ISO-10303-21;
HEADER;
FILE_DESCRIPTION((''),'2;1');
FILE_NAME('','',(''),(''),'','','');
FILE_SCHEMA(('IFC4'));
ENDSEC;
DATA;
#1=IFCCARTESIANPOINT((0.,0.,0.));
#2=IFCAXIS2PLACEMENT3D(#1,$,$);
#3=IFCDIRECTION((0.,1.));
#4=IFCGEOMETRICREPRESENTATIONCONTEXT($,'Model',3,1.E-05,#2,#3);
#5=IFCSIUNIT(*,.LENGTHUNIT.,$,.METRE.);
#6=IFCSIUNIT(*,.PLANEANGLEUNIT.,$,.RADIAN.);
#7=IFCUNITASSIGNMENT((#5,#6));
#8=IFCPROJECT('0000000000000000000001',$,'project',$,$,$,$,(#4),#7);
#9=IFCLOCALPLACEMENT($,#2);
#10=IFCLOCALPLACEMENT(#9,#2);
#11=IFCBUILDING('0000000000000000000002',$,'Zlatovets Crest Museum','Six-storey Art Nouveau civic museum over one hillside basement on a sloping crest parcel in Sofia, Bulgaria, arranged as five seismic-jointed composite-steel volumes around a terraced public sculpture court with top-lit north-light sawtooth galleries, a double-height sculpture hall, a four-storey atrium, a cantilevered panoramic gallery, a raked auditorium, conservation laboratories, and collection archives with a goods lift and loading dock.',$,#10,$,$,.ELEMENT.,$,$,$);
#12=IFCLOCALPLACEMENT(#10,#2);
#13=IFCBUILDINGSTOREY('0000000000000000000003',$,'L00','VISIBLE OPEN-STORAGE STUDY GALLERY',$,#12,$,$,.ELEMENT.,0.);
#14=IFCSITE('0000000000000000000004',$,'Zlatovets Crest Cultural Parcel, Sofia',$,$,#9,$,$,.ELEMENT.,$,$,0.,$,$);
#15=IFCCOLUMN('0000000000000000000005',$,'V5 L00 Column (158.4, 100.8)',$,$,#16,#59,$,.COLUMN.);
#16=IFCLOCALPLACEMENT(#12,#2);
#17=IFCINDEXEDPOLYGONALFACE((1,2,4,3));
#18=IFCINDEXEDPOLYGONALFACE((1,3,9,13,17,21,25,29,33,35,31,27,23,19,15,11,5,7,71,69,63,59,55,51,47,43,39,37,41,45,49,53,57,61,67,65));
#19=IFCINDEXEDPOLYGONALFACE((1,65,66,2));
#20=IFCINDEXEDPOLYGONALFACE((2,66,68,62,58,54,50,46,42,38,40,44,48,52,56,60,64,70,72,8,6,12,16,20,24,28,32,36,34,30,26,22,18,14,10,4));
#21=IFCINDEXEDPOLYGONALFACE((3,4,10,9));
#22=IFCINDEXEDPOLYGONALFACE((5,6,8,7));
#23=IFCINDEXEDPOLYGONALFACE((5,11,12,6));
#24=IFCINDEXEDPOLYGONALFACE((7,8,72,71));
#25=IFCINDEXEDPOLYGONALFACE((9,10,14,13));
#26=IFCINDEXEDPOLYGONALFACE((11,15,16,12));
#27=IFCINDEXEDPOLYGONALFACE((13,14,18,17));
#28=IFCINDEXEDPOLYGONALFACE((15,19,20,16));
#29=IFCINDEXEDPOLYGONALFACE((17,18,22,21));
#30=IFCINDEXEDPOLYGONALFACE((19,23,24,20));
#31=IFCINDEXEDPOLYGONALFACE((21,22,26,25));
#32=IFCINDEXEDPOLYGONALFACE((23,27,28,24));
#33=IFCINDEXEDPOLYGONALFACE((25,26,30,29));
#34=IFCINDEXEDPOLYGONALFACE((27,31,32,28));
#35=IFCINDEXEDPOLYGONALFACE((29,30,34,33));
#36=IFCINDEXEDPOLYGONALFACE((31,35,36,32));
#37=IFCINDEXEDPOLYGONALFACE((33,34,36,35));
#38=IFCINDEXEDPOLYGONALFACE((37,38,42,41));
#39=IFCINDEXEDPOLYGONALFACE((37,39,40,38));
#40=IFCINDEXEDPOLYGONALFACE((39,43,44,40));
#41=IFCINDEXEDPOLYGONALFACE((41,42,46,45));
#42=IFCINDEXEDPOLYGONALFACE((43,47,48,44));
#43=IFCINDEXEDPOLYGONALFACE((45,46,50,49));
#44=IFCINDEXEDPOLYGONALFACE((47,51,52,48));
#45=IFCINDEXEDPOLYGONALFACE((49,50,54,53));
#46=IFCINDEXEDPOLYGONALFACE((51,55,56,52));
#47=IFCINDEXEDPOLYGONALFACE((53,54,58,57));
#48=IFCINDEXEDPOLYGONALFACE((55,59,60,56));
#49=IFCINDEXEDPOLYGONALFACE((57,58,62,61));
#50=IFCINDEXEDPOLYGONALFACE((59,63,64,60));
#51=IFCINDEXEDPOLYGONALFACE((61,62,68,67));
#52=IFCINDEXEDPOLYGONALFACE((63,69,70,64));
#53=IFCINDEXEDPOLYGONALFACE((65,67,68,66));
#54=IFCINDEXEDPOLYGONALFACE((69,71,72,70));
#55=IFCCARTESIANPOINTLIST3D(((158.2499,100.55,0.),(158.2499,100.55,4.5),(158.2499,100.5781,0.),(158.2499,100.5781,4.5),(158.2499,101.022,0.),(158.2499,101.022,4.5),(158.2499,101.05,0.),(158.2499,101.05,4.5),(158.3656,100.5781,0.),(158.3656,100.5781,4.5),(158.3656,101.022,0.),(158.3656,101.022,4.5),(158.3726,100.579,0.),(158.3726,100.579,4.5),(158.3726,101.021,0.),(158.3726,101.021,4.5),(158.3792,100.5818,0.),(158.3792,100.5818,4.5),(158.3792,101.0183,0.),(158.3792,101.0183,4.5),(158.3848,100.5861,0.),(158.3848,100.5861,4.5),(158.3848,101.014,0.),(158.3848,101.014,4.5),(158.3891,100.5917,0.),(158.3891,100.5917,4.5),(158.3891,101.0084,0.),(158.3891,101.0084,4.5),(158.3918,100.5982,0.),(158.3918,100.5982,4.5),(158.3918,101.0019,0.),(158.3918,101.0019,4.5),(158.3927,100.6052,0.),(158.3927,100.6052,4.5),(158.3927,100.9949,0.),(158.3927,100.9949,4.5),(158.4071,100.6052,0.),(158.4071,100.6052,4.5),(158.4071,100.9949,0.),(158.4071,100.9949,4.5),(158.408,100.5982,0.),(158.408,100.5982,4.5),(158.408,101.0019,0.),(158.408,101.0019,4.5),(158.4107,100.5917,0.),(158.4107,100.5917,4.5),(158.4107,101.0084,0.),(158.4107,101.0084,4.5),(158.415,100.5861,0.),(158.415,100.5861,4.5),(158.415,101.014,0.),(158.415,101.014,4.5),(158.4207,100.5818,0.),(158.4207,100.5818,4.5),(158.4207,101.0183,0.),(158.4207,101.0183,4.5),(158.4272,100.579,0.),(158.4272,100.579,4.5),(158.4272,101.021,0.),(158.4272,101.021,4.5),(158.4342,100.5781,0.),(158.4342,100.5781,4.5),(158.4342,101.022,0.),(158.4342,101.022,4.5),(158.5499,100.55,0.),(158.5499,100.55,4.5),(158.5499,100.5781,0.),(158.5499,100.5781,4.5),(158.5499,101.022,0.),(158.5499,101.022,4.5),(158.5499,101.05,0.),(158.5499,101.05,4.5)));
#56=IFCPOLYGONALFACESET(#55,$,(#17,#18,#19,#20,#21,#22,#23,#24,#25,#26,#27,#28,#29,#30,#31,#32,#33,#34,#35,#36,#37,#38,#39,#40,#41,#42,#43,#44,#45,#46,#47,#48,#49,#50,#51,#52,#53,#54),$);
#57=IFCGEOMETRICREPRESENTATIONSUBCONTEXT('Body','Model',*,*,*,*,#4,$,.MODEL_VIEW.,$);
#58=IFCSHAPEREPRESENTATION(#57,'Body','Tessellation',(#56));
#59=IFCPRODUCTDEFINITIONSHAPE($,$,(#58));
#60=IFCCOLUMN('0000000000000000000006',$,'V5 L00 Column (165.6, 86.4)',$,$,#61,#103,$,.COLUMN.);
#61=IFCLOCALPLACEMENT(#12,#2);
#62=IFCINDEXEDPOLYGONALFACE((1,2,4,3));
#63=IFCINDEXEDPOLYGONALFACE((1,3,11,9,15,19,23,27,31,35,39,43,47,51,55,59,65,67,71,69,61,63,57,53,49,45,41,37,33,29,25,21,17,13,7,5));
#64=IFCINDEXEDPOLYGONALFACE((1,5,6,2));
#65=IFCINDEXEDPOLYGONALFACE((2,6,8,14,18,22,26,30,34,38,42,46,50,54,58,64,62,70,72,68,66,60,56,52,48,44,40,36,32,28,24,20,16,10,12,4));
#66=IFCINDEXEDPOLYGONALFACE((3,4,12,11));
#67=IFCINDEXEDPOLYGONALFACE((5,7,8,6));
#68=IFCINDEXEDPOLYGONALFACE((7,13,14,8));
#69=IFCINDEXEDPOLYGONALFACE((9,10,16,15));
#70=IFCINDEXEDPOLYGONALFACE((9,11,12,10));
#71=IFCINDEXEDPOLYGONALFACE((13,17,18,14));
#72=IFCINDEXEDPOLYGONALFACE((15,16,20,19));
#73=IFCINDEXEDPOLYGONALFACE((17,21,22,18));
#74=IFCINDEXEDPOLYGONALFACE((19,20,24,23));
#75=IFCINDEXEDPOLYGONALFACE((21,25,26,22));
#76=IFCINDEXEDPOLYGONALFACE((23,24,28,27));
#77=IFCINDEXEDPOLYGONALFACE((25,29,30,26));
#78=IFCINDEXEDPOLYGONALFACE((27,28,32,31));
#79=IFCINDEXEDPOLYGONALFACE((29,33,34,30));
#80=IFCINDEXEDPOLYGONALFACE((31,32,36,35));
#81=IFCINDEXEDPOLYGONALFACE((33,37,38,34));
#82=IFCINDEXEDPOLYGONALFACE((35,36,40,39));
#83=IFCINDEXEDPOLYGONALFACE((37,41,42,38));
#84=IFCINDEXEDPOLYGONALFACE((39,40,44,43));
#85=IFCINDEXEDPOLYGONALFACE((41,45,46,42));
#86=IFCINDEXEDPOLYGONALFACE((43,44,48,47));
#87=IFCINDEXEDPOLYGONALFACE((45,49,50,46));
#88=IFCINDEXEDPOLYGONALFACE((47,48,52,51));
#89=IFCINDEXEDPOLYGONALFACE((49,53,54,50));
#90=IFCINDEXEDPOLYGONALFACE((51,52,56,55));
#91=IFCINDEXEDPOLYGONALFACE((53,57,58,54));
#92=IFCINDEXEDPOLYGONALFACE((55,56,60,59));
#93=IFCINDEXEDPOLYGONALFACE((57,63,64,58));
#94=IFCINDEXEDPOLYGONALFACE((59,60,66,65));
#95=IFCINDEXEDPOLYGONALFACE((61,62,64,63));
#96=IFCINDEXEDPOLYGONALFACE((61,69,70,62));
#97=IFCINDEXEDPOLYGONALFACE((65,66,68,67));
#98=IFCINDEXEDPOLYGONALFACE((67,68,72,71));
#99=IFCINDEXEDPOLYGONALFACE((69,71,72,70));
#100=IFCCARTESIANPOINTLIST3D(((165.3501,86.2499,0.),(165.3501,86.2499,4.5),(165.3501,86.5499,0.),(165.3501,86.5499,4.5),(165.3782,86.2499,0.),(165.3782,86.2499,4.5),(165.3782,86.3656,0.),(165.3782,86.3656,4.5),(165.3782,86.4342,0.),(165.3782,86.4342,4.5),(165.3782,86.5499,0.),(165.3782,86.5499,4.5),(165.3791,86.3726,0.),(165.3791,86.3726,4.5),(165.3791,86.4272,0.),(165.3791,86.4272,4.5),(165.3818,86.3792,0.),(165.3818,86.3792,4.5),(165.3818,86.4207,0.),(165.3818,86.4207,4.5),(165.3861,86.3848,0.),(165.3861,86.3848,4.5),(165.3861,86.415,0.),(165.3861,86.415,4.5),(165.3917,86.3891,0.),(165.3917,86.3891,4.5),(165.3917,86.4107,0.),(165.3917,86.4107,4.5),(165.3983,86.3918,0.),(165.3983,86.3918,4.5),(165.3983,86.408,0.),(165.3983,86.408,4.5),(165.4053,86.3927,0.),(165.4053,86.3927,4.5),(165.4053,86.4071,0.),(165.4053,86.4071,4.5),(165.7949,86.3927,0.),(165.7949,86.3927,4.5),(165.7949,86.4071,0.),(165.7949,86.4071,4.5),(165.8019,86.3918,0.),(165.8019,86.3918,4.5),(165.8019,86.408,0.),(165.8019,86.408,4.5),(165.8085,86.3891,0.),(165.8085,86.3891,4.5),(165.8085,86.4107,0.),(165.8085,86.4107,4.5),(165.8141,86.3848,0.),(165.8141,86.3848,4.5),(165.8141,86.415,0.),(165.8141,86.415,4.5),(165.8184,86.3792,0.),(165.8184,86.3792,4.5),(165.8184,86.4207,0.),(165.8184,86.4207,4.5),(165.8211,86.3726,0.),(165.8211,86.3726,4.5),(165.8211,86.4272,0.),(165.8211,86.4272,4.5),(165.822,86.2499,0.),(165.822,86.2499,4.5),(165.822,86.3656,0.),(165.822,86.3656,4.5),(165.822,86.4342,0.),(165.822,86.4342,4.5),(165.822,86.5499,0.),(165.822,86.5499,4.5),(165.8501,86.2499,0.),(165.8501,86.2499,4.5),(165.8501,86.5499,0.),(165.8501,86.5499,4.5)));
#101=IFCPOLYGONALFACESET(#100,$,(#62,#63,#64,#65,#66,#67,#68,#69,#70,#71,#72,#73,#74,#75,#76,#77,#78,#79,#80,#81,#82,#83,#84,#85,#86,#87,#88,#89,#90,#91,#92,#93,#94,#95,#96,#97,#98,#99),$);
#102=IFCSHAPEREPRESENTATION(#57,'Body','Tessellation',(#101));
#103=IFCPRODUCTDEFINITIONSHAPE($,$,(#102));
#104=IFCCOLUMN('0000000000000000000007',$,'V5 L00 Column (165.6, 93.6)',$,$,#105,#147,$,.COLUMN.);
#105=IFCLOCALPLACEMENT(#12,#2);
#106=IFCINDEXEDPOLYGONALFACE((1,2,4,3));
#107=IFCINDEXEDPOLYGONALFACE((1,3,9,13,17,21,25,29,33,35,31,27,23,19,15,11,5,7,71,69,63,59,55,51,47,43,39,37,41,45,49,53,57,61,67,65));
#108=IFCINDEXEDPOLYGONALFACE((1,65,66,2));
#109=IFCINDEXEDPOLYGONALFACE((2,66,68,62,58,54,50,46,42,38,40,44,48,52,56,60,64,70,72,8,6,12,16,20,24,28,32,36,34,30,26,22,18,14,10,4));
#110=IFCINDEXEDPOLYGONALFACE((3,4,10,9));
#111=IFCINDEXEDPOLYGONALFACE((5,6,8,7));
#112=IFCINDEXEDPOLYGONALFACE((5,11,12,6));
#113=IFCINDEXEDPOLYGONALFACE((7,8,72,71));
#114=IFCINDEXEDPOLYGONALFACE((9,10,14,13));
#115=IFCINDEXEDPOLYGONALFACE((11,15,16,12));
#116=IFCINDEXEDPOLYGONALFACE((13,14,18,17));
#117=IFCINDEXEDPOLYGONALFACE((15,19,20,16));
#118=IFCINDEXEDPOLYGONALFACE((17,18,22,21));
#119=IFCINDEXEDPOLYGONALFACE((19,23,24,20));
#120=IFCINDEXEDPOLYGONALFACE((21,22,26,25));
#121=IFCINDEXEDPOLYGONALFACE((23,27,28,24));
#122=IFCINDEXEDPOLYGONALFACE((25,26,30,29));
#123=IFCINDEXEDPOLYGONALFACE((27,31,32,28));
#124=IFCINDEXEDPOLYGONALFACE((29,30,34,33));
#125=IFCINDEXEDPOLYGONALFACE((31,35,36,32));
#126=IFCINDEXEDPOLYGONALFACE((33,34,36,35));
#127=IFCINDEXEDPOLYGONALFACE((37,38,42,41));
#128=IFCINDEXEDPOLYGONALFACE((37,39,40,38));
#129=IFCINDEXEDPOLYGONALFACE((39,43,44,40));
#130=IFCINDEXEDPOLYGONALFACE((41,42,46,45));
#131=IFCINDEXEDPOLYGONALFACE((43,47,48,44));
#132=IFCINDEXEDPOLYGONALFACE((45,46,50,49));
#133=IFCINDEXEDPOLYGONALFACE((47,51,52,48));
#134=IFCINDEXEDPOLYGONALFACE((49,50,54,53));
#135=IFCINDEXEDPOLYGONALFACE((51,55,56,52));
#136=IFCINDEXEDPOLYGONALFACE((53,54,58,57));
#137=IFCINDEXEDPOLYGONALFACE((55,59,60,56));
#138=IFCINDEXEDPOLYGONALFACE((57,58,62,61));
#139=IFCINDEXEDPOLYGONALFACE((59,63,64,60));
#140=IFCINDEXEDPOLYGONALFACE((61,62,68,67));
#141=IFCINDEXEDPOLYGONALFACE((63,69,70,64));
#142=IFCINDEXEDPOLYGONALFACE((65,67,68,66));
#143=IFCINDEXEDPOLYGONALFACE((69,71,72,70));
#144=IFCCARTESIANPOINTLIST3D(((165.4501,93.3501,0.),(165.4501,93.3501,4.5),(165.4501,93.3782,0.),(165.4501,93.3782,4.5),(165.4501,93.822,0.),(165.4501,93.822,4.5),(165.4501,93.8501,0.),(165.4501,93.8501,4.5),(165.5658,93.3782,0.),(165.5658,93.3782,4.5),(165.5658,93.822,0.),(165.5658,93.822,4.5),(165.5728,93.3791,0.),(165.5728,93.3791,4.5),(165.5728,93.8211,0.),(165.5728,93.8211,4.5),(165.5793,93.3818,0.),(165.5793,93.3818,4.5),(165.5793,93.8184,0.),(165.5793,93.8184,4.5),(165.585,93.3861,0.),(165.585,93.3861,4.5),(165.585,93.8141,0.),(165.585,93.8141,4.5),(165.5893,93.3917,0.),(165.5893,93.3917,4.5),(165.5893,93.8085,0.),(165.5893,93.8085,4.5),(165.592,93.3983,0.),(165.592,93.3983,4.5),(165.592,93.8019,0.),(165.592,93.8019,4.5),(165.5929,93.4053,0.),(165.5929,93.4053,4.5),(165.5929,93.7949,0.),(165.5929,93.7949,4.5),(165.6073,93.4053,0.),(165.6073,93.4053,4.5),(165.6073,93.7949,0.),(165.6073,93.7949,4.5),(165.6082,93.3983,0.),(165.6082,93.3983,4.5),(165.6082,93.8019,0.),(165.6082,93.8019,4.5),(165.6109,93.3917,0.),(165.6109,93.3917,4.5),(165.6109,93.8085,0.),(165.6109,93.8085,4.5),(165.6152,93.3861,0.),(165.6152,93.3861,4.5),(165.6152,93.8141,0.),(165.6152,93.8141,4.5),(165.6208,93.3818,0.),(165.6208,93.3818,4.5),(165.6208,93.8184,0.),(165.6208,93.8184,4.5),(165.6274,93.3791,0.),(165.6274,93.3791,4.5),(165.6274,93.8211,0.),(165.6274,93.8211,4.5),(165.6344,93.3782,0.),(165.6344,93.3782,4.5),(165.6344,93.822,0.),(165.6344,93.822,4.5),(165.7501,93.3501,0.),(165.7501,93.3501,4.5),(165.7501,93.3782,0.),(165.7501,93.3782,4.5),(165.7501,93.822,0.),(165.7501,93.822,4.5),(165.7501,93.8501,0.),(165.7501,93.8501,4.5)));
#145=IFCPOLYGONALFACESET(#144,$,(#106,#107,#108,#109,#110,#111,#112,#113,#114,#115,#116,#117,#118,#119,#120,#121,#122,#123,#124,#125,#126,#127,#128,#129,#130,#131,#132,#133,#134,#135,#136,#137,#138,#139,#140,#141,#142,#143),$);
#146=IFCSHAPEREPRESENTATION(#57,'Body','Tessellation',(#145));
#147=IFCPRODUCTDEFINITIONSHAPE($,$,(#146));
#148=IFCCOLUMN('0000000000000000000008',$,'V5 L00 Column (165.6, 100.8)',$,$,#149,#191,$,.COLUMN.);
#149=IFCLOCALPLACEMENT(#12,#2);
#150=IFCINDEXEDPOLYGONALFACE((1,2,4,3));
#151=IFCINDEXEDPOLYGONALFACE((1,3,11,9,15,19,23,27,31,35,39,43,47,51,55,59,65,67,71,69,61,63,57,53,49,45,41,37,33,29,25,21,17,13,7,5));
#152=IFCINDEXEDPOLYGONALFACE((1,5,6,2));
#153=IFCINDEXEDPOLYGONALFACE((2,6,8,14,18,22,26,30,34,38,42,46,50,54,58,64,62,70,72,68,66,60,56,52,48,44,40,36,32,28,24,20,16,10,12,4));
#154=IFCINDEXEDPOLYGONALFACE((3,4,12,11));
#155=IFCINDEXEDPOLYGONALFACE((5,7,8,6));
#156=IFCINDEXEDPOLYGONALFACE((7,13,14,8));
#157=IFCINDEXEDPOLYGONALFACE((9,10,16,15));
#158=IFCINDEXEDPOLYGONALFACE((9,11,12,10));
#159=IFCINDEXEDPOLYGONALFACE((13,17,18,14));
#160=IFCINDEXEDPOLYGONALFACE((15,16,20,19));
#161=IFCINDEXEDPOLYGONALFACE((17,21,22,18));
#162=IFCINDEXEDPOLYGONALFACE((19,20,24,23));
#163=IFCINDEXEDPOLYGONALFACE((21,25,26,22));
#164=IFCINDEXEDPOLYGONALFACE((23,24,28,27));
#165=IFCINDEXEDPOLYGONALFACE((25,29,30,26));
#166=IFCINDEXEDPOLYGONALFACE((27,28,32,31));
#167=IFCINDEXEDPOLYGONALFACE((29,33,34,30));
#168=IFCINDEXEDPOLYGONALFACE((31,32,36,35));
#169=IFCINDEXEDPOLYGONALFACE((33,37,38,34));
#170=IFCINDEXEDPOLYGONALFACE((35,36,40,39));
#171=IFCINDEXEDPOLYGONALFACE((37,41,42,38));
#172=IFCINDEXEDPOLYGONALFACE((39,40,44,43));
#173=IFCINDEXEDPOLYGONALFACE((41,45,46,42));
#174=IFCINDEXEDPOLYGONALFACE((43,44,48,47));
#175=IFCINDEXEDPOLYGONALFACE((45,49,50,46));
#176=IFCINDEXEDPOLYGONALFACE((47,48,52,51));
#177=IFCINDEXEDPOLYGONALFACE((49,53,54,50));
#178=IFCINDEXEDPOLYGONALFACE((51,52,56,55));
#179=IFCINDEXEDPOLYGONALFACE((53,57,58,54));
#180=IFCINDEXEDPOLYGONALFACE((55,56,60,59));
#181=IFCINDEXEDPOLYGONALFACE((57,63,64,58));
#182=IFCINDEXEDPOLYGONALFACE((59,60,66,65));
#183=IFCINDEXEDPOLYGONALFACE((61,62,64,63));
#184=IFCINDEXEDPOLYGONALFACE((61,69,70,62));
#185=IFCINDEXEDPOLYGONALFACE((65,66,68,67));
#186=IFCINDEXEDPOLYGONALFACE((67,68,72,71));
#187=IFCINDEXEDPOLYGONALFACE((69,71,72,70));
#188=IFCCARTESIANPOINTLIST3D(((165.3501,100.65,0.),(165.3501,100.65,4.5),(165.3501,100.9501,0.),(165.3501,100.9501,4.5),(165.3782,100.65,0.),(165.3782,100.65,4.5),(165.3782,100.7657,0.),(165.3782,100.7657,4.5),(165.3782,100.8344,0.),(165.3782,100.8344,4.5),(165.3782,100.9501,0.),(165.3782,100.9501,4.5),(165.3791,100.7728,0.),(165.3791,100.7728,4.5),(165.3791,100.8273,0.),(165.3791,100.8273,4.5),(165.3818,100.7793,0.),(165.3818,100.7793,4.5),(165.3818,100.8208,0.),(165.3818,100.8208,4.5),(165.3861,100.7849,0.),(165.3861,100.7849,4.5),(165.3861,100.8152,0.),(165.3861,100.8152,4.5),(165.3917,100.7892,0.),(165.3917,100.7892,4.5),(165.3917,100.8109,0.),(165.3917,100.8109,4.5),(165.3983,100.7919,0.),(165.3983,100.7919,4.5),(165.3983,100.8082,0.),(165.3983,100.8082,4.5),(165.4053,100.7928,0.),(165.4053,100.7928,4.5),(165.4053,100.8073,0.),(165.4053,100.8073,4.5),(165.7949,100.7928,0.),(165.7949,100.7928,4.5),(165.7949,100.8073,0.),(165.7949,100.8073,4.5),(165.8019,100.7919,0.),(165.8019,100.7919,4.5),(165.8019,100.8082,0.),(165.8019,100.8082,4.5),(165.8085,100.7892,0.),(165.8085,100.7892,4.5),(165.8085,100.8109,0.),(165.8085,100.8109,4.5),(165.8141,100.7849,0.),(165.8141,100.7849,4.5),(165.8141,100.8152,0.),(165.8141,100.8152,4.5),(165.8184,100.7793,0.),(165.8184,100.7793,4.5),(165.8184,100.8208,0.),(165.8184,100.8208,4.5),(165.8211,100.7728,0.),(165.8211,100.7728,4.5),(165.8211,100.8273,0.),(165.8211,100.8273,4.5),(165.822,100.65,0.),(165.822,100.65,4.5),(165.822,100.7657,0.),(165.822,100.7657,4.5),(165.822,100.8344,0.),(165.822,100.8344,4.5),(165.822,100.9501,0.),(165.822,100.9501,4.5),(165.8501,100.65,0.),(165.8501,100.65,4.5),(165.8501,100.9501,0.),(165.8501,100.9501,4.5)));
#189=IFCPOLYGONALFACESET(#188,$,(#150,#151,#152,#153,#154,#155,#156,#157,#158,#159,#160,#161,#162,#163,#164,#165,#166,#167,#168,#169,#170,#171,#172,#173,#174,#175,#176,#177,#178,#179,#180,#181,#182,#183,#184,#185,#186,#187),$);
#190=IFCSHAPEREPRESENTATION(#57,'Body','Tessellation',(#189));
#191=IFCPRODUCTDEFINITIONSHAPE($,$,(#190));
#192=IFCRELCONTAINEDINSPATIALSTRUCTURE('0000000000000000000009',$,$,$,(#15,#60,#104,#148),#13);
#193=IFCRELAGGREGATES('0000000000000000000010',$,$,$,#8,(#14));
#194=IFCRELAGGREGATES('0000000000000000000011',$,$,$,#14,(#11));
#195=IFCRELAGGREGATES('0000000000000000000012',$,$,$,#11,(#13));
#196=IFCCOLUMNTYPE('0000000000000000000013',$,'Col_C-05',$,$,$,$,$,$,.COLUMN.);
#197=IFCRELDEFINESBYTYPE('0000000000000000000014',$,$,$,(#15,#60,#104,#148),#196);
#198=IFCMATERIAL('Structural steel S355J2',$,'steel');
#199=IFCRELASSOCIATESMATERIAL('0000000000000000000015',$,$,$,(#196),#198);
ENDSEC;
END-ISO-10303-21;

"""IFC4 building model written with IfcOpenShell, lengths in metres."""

from ifc_helpers import new_model, si_unit, direction, frame, origin, origin_2d, place, context, subcontext, project, spatial, i_section, extrude, material, material_profile, profile_set, type_object, element, save


model = new_model("IFC4")

# Units and contexts
model_context = context("Model", 3, precision=1e-05, world=origin(), true_north=direction((0.0, 1.0)))
body_context = subcontext(model_context, "Body", "Model", "MODEL_VIEW")
ifc_project = project(units=[si_unit("LENGTHUNIT", "METRE"), si_unit("PLANEANGLEUNIT", "RADIAN")], contexts=[model_context])

# Site, building, storey
site_placement = place(None, origin())
site = spatial("IfcSite", under=ifc_project, at=site_placement, Name="Zlatovets Crest Cultural Parcel, Sofia", CompositionType="ELEMENT", RefElevation=0.0)
building_placement = place(site_placement, origin())
building = spatial("IfcBuilding", under=site, at=building_placement, Name="Zlatovets Crest Museum", Description="Six-storey Art Nouveau civic museum over one hillside basement on a sloping crest parcel in Sofia, Bulgaria, arranged as five seismic-jointed composite-steel volumes around a terraced public sculpture court with top-lit north-light sawtooth galleries, a double-height sculpture hall, a four-storey atrium, a cantilevered panoramic gallery, a raked auditorium, conservation laboratories, and collection archives with a goods lift and loading dock.", CompositionType="ELEMENT")
storey_placement = place(building_placement, origin())
storey = spatial("IfcBuildingStorey", under=building, at=storey_placement, Name="L00", Description="VISIBLE OPEN-STORAGE STUDY GALLERY", CompositionType="ELEMENT", Elevation=0.0)

# Columns
ifc_material_1 = material(Name="Structural steel S355J2", Category="steel")
ifc_material_profile_1 = material_profile(ifc_material_1, i_section(OverallWidth=0.3, OverallDepth=0.5, WebThickness=0.0144, FlangeThickness=0.0281, FilletRadius=0.0271, at=origin_2d()), Name="HEB 500")
ifc_profile_set_1 = profile_set([ifc_material_profile_1], Name="Structural steel S355J2")
column_type_1 = type_object("IfcColumnType", Name="Col_C-05", PredefinedType="COLUMN", material=ifc_profile_set_1)
for number, where, z_axis, x_axis, name in (
    (1, (158.3999, 100.8, 0.0), (0.0, 0.0, 1.0), (1.0, 0.0, 0.0), "V5 L00 Column (158.4, 100.8)"),
    (2, (165.6001, 86.3999, 0.0), (0.0, 0.0, 1.0), (0.0, 1.0, 0.0), "V5 L00 Column (165.6, 86.4)"),
    (3, (165.6001, 93.6001, 0.0), (0.0, 0.0, 1.0), (1.0, 0.0, 0.0), "V5 L00 Column (165.6, 93.6)"),
    (4, (165.6001, 100.8, 0.0), (0.0, 0.0, 1.0), (0.0, 1.0, 0.0), "V5 L00 Column (165.6, 100.8)"),
):
    element("IfcColumn", number, at=place(storey_placement, frame(where, z_axis=z_axis, x_axis=x_axis)), inside=storey, type_object=column_type_1, Name=name, PredefinedType="COLUMN", context=body_context, shape_type="SweptSolid", body=[
        extrude(i_section(OverallWidth=0.3, OverallDepth=0.5, WebThickness=0.0144, FlangeThickness=0.0281, FilletRadius=0.0271, at=origin_2d()), origin(), (0.0, 0.0, 1.0), 4.5),
    ])

save(model, "model.ifc")
